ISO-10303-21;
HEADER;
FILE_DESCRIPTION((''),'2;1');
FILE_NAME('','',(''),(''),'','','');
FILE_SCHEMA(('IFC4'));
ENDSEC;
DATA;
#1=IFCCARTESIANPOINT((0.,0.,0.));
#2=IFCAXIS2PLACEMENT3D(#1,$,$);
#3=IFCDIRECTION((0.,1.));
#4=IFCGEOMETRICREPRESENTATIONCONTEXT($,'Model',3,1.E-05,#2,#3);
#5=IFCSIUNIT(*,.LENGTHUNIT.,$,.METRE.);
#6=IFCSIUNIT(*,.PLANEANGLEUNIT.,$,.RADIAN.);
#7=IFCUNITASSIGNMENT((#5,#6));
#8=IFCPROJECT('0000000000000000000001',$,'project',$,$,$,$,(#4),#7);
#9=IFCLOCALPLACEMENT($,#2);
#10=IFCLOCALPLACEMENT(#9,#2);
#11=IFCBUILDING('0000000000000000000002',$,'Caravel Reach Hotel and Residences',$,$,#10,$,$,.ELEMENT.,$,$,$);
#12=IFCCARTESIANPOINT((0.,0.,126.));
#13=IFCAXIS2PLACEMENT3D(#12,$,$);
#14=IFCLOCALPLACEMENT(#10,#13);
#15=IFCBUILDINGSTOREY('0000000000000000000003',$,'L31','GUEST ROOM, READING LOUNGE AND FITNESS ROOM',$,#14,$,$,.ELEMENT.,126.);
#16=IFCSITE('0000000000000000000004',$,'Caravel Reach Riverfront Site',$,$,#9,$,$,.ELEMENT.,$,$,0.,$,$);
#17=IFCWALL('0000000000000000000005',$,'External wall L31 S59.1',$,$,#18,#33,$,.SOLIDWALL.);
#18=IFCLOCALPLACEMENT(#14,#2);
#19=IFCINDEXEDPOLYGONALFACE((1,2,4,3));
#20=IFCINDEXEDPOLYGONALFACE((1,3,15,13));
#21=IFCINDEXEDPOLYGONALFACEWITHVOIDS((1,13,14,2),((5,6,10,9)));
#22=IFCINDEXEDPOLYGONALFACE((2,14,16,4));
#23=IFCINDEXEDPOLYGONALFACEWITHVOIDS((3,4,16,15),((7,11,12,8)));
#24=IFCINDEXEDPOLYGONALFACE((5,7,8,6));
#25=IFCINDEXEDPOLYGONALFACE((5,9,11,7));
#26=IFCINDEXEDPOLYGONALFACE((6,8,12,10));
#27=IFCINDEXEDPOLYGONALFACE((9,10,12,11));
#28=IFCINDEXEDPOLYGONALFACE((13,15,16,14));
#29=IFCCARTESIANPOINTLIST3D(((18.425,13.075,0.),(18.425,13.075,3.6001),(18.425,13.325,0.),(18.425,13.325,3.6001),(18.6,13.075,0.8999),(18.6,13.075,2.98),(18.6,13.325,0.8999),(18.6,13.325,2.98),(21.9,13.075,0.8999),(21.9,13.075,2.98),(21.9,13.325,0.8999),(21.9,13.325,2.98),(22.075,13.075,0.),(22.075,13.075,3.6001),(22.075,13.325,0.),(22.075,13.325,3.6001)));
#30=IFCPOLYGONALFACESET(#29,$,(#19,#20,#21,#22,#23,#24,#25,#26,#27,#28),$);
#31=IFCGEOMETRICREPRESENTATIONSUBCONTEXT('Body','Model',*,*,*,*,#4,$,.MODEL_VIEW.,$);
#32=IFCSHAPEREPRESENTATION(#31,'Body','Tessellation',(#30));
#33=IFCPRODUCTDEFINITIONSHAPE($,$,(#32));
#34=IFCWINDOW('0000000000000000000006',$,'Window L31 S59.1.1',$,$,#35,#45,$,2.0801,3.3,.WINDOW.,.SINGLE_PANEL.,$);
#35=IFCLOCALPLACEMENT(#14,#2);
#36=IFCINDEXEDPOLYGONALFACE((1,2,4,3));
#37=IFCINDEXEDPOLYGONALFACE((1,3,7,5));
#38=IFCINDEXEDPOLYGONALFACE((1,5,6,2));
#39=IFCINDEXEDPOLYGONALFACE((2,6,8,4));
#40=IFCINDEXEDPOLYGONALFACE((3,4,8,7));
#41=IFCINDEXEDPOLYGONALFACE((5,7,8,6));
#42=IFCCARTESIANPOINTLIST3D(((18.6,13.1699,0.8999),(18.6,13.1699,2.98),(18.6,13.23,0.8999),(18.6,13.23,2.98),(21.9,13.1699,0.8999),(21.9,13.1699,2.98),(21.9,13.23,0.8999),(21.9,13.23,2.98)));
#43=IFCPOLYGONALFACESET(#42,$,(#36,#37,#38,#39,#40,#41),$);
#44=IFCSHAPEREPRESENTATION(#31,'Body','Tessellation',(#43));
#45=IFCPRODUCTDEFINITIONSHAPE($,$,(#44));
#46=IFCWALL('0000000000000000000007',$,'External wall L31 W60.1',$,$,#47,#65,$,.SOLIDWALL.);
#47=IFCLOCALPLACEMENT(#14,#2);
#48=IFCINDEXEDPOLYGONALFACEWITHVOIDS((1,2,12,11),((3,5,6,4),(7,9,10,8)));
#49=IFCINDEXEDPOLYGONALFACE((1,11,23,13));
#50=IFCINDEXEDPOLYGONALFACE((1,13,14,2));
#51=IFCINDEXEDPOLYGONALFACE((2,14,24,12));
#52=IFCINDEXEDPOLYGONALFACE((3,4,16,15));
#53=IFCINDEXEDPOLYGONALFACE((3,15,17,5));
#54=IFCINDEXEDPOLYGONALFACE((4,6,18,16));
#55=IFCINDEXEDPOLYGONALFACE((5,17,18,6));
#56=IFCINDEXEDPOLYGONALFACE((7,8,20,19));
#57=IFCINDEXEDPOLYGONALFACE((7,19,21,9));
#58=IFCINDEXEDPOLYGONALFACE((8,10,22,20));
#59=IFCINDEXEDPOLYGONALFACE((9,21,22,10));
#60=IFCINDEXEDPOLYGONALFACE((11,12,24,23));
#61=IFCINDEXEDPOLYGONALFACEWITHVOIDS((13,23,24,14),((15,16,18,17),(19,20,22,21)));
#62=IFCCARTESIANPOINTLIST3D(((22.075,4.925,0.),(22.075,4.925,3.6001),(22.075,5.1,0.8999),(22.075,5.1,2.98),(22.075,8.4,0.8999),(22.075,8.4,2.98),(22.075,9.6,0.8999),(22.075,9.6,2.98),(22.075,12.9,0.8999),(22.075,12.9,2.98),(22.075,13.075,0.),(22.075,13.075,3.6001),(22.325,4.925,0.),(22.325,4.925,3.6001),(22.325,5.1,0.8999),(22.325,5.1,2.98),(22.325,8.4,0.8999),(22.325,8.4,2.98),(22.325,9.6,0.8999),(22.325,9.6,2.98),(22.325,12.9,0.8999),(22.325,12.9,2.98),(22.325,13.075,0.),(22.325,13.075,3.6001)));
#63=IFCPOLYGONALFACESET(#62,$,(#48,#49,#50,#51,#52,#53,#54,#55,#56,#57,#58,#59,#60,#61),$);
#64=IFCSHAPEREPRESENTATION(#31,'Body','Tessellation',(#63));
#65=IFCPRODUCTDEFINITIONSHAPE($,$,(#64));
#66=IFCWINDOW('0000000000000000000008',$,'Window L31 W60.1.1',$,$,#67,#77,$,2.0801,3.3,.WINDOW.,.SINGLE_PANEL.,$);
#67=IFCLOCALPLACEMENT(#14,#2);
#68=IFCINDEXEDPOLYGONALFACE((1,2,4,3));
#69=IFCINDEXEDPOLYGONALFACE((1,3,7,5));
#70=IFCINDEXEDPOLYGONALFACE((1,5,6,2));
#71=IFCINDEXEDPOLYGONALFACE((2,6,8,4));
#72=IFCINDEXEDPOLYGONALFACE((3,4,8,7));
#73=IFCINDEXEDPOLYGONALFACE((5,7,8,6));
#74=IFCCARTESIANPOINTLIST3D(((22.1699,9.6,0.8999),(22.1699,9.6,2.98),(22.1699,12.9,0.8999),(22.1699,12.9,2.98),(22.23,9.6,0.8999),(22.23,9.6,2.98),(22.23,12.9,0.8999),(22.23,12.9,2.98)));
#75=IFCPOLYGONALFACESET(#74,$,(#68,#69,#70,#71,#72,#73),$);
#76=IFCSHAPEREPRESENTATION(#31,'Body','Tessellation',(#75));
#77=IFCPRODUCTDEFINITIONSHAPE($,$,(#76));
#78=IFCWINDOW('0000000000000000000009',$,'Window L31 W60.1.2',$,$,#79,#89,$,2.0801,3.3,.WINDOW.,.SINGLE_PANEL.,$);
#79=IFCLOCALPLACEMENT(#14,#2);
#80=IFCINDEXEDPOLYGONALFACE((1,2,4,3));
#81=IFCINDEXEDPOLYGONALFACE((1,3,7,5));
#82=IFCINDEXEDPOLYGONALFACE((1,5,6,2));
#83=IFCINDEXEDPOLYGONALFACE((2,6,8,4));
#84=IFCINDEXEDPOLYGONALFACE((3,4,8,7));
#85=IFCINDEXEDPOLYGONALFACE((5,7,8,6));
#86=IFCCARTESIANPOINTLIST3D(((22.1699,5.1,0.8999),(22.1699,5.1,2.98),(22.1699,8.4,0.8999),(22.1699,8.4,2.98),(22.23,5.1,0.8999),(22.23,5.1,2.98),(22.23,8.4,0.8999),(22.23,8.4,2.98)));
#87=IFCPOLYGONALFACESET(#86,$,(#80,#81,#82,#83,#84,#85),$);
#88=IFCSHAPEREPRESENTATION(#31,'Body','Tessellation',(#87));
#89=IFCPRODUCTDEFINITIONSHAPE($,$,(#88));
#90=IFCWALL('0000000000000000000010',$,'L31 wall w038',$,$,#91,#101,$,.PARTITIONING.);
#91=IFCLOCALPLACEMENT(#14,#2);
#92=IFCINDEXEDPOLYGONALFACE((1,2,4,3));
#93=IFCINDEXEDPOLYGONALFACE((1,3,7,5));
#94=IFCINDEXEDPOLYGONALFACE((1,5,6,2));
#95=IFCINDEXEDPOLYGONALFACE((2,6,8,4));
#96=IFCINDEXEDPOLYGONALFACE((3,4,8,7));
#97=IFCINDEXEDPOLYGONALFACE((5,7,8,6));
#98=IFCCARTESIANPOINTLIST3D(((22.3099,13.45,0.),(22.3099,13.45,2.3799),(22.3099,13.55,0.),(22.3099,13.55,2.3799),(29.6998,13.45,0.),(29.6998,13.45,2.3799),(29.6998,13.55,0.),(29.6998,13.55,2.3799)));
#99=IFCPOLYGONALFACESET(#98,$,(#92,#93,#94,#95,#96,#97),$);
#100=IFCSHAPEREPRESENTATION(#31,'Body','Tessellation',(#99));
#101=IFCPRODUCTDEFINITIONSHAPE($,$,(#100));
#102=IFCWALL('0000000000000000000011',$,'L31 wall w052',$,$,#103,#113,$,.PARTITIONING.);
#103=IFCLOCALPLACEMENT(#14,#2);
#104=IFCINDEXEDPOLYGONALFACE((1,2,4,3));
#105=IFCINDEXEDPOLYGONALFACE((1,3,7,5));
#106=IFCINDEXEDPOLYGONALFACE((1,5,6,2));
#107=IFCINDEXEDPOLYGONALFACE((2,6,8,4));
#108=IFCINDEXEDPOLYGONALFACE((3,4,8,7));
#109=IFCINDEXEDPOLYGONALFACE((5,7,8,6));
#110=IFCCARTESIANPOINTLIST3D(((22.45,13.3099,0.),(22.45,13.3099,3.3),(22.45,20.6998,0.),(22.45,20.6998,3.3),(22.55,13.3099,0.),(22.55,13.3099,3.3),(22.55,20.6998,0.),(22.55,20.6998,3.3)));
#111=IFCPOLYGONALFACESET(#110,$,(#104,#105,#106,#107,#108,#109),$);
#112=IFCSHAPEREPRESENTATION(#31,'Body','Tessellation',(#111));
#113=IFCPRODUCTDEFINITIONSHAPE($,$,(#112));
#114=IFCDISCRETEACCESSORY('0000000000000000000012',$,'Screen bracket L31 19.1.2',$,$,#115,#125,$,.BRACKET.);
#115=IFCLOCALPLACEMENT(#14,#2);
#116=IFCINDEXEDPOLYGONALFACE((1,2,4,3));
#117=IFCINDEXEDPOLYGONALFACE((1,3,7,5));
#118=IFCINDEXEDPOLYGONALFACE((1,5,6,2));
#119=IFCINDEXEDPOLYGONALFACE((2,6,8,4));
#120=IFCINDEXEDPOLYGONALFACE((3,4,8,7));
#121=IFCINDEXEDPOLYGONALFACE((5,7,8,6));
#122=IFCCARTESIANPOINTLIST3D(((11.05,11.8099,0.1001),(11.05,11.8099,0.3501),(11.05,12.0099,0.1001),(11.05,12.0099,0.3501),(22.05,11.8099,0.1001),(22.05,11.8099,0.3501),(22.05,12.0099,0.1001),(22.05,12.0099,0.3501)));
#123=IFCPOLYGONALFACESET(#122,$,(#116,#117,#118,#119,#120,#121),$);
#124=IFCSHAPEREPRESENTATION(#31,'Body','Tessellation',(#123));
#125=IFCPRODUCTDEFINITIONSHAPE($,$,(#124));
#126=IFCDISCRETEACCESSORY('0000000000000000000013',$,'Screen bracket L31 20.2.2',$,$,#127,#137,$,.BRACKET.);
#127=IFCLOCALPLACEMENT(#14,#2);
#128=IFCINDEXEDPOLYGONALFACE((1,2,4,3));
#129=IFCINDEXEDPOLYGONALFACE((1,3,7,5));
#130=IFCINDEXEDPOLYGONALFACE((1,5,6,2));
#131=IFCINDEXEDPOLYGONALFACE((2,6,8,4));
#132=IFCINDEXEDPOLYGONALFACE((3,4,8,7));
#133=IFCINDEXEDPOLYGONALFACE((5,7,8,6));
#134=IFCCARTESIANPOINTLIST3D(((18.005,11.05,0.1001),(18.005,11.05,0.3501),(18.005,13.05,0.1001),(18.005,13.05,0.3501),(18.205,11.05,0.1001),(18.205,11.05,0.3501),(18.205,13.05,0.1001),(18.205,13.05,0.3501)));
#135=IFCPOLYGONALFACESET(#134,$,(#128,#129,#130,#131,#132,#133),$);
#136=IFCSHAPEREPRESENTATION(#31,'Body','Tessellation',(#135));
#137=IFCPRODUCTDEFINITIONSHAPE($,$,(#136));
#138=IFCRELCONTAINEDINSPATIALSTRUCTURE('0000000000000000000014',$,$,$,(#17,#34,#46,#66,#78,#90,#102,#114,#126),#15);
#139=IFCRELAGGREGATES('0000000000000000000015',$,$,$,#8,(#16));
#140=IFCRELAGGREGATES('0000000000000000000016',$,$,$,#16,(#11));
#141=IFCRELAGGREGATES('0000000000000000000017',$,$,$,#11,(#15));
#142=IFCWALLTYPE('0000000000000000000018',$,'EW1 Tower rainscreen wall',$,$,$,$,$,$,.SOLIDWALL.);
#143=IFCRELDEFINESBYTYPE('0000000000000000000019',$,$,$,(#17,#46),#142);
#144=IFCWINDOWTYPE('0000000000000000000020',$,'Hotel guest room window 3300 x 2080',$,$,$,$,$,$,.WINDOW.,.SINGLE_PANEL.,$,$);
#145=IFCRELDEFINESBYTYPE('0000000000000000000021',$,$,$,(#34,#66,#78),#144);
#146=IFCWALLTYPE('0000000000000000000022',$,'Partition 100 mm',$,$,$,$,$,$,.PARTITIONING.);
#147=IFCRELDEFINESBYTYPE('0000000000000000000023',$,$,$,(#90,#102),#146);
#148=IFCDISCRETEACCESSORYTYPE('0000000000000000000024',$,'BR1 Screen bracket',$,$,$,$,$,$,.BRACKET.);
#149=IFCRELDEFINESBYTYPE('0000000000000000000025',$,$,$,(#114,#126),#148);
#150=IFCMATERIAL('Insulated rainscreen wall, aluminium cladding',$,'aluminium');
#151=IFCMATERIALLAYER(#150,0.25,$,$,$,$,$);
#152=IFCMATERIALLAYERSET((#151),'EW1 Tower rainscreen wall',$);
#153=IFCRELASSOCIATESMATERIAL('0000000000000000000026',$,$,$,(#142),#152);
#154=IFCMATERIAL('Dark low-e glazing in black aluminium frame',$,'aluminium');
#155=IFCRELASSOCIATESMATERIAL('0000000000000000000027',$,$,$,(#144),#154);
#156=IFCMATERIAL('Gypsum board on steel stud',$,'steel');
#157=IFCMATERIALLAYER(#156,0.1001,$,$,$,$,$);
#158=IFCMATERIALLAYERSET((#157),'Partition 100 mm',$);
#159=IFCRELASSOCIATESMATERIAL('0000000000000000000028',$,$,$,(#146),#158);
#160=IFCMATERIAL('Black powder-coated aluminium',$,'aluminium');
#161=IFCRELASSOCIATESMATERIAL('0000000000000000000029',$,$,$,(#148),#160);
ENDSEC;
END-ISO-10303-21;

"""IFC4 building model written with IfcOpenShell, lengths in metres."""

from ifc_helpers import new_model, si_unit, direction, frame, frame_2d, origin, origin_2d, place, context, subcontext, project, spatial, rectangle, extrude, material, layer, layer_set, type_object, element, fill, save


model = new_model("IFC4")

# Units and contexts
model_context = context("Model", 3, precision=1e-05, world=origin(), true_north=direction((0.0, 1.0)))
body_context = subcontext(model_context, "Body", "Model", "MODEL_VIEW")
ifc_project = project(units=[si_unit("LENGTHUNIT", "METRE"), si_unit("PLANEANGLEUNIT", "RADIAN")], contexts=[model_context])

# Site, building, storey
site_placement = place(None, origin())
site = spatial("IfcSite", under=ifc_project, at=site_placement, Name="Caravel Reach Riverfront Site", CompositionType="ELEMENT", RefElevation=0.0)
building_placement = place(site_placement, origin())
building = spatial("IfcBuilding", under=site, at=building_placement, Name="Caravel Reach Hotel and Residences", CompositionType="ELEMENT")
storey_placement = place(building_placement, frame((0.0, 0.0, 126.0)))
storey = spatial("IfcBuildingStorey", under=building, at=storey_placement, Name="L31", Description="GUEST ROOM, READING LOUNGE AND FITNESS ROOM", CompositionType="ELEMENT", Elevation=126.0)

# Wall, opening, window
ifc_material_1 = material(Name="Insulated rainscreen wall, aluminium cladding", Category="aluminium")
ifc_layer_1 = layer(ifc_material_1, 0.25)
ifc_layer_set_1 = layer_set([ifc_layer_1], Name="EW1 Tower rainscreen wall")
wall_type_1 = type_object("IfcWallType", Name="EW1 Tower rainscreen wall", PredefinedType="SOLIDWALL", material=ifc_layer_set_1)
wall_1_placement = place(storey_placement, frame((18.425, 13.2, 0.0), z_axis=(0.0, 0.0, 1.0), x_axis=(1.0, 0.0, 0.0)))
wall_1 = element("IfcWall", 1, at=wall_1_placement, inside=storey, type_object=wall_type_1, Name="External wall L31 S59.1", PredefinedType="SOLIDWALL", context=body_context, shape_type="SweptSolid", body=[
    extrude(rectangle(XDim=3.6499, YDim=0.25, at=frame_2d((1.825, 0.0))), origin(), (0.0, 0.0, 1.0), 3.6001),
])
opening_1_placement = place(wall_1_placement, frame((0.175, 0.0, 0.8999)))
opening_1 = element("IfcOpeningElement", 2, at=opening_1_placement, cuts=wall_1, PredefinedType="OPENING", context=body_context, shape_type="SweptSolid", body=[
    extrude(rectangle(XDim=3.3, YDim=2.0801, at=frame_2d((1.6499, 1.04))), frame((0.0, 0.135, 0.0), z_axis=(0.0, -1.0, 0.0), x_axis=(1.0, 0.0, 0.0)), (0.0, 0.0, 1.0), 0.27),
])
ifc_material_2 = material(Name="Dark low-e glazing in black aluminium frame", Category="aluminium")
window_type = type_object("IfcWindowType", Name="Hotel guest room window 3300 x 2080", PartitioningType="SINGLE_PANEL", PredefinedType="WINDOW", material=ifc_material_2)
window_1_placement = place(opening_1_placement, origin())
window_1 = element("IfcWindow", 3, at=window_1_placement, inside=storey, type_object=window_type, Name="Window L31 S59.1.1", OverallHeight=2.0801, OverallWidth=3.3, PartitioningType="SINGLE_PANEL", PredefinedType="WINDOW", context=body_context, shape_type="SweptSolid", body=[
    extrude(rectangle(XDim=3.3, YDim=2.0801, at=frame_2d((1.6499, 1.04))), frame((0.0, 0.03, 0.0), z_axis=(0.0, -1.0, 0.0), x_axis=(1.0, 0.0, 0.0)), (0.0, 0.0, 1.0), 0.0601),
])
fill(opening_1, window_1)

# Wall, openings, windows
wall_2_placement = place(storey_placement, frame((22.2, 13.075, 0.0), z_axis=(0.0, 0.0, 1.0), x_axis=(0.0, -1.0, 0.0)))
wall_2 = element("IfcWall", 4, at=wall_2_placement, inside=storey, type_object=wall_type_1, Name="External wall L31 W60.1", PredefinedType="SOLIDWALL", context=body_context, shape_type="SweptSolid", body=[
    extrude(rectangle(XDim=8.1499, YDim=0.25, at=frame_2d((4.075, 0.0))), origin(), (0.0, 0.0, 1.0), 3.6001),
])
opening_2_placement = place(wall_2_placement, frame((0.175, 0.0, 0.8999)))
opening_2 = element("IfcOpeningElement", 5, at=opening_2_placement, cuts=wall_2, PredefinedType="OPENING", context=body_context, shape_type="SweptSolid", body=[
    extrude(rectangle(XDim=3.3, YDim=2.0801, at=frame_2d((1.6499, 1.04))), frame((0.0, 0.135, 0.0), z_axis=(0.0, -1.0, 0.0), x_axis=(1.0, 0.0, 0.0)), (0.0, 0.0, 1.0), 0.27),
])
opening_3_placement = place(wall_2_placement, frame((4.675, 0.0, 0.8999)))
opening_3 = element("IfcOpeningElement", 6, at=opening_3_placement, cuts=wall_2, PredefinedType="OPENING", context=body_context, shape_type="SweptSolid", body=[
    extrude(rectangle(XDim=3.3, YDim=2.0801, at=frame_2d((1.6499, 1.04))), frame((0.0, 0.135, 0.0), z_axis=(0.0, -1.0, 0.0), x_axis=(1.0, 0.0, 0.0)), (0.0, 0.0, 1.0), 0.27),
])
window_2_placement = place(opening_2_placement, origin())
window_2 = element("IfcWindow", 7, at=window_2_placement, inside=storey, type_object=window_type, Name="Window L31 W60.1.1", OverallHeight=2.0801, OverallWidth=3.3, PartitioningType="SINGLE_PANEL", PredefinedType="WINDOW", context=body_context, shape_type="SweptSolid", body=[
    extrude(rectangle(XDim=3.3, YDim=2.0801, at=frame_2d((1.6499, 1.04))), frame((0.0, 0.03, 0.0), z_axis=(0.0, -1.0, 0.0), x_axis=(1.0, 0.0, 0.0)), (0.0, 0.0, 1.0), 0.0601),
])
fill(opening_2, window_2)
window_3_placement = place(opening_3_placement, origin())
window_3 = element("IfcWindow", 8, at=window_3_placement, inside=storey, type_object=window_type, Name="Window L31 W60.1.2", OverallHeight=2.0801, OverallWidth=3.3, PartitioningType="SINGLE_PANEL", PredefinedType="WINDOW", context=body_context, shape_type="SweptSolid", body=[
    extrude(rectangle(XDim=3.3, YDim=2.0801, at=frame_2d((1.6499, 1.04))), frame((0.0, 0.03, 0.0), z_axis=(0.0, -1.0, 0.0), x_axis=(1.0, 0.0, 0.0)), (0.0, 0.0, 1.0), 0.0601),
])
fill(opening_3, window_3)

# Walls
ifc_material_3 = material(Name="Gypsum board on steel stud", Category="steel")
ifc_layer_2 = layer(ifc_material_3, 0.1001)
ifc_layer_set_2 = layer_set([ifc_layer_2], Name="Partition 100 mm")
wall_type_2 = type_object("IfcWallType", Name="Partition 100 mm", PredefinedType="PARTITIONING", material=ifc_layer_set_2)
wall_3_placement = place(storey_placement, frame((22.3101, 13.5, 0.0), z_axis=(0.0, 0.0, 1.0), x_axis=(1.0, 0.0, 0.0)))
element("IfcWall", 9, at=wall_3_placement, inside=storey, type_object=wall_type_2, Name="L31 wall w038", PredefinedType="PARTITIONING", context=body_context, shape_type="SweptSolid", body=[
    extrude(rectangle(XDim=7.3899, YDim=0.1001, at=frame_2d((3.6948, 0.0))), origin(), (0.0, 0.0, 1.0), 2.3799),
])
wall_4_placement = place(storey_placement, frame((22.5, 13.3101, 0.0), z_axis=(0.0, 0.0, 1.0), x_axis=(0.0, 1.0, 0.0)))
element("IfcWall", 10, at=wall_4_placement, inside=storey, type_object=wall_type_2, Name="L31 wall w052", PredefinedType="PARTITIONING", context=body_context, shape_type="SweptSolid", body=[
    extrude(rectangle(XDim=7.3899, YDim=0.1001, at=frame_2d((3.6948, 0.0))), origin(), (0.0, 0.0, 1.0), 3.3),
])

# Discrete accessories
ifc_material_4 = material(Name="Black powder-coated aluminium", Category="aluminium")
discrete_accessory_type = type_object("IfcDiscreteAccessoryType", Name="BR1 Screen bracket", PredefinedType="BRACKET", material=ifc_material_4)
discrete_accessory_1_placement = place(storey_placement, frame((16.55, 11.9099, 0.1001), z_axis=(0.0, 0.0, 1.0), x_axis=(-1.0, 0.0, 0.0)))
element("IfcDiscreteAccessory", 11, at=discrete_accessory_1_placement, inside=storey, type_object=discrete_accessory_type, Name="Screen bracket L31 19.1.2", PredefinedType="BRACKET", context=body_context, shape_type="SweptSolid", body=[
    extrude(rectangle(XDim=11.0, YDim=0.2, at=origin_2d()), origin(), (0.0, 0.0, 1.0), 0.25),
])
discrete_accessory_2_placement = place(storey_placement, frame((18.105, 12.05, 0.1001), z_axis=(0.0, 0.0, 1.0), x_axis=(0.0, -1.0, 0.0)))
element("IfcDiscreteAccessory", 12, at=discrete_accessory_2_placement, inside=storey, type_object=discrete_accessory_type, Name="Screen bracket L31 20.2.2", PredefinedType="BRACKET", context=body_context, shape_type="SweptSolid", body=[
    extrude(rectangle(XDim=2.0, YDim=0.2, at=origin_2d()), origin(), (0.0, 0.0, 1.0), 0.25),
])

save(model, "model.ifc")
